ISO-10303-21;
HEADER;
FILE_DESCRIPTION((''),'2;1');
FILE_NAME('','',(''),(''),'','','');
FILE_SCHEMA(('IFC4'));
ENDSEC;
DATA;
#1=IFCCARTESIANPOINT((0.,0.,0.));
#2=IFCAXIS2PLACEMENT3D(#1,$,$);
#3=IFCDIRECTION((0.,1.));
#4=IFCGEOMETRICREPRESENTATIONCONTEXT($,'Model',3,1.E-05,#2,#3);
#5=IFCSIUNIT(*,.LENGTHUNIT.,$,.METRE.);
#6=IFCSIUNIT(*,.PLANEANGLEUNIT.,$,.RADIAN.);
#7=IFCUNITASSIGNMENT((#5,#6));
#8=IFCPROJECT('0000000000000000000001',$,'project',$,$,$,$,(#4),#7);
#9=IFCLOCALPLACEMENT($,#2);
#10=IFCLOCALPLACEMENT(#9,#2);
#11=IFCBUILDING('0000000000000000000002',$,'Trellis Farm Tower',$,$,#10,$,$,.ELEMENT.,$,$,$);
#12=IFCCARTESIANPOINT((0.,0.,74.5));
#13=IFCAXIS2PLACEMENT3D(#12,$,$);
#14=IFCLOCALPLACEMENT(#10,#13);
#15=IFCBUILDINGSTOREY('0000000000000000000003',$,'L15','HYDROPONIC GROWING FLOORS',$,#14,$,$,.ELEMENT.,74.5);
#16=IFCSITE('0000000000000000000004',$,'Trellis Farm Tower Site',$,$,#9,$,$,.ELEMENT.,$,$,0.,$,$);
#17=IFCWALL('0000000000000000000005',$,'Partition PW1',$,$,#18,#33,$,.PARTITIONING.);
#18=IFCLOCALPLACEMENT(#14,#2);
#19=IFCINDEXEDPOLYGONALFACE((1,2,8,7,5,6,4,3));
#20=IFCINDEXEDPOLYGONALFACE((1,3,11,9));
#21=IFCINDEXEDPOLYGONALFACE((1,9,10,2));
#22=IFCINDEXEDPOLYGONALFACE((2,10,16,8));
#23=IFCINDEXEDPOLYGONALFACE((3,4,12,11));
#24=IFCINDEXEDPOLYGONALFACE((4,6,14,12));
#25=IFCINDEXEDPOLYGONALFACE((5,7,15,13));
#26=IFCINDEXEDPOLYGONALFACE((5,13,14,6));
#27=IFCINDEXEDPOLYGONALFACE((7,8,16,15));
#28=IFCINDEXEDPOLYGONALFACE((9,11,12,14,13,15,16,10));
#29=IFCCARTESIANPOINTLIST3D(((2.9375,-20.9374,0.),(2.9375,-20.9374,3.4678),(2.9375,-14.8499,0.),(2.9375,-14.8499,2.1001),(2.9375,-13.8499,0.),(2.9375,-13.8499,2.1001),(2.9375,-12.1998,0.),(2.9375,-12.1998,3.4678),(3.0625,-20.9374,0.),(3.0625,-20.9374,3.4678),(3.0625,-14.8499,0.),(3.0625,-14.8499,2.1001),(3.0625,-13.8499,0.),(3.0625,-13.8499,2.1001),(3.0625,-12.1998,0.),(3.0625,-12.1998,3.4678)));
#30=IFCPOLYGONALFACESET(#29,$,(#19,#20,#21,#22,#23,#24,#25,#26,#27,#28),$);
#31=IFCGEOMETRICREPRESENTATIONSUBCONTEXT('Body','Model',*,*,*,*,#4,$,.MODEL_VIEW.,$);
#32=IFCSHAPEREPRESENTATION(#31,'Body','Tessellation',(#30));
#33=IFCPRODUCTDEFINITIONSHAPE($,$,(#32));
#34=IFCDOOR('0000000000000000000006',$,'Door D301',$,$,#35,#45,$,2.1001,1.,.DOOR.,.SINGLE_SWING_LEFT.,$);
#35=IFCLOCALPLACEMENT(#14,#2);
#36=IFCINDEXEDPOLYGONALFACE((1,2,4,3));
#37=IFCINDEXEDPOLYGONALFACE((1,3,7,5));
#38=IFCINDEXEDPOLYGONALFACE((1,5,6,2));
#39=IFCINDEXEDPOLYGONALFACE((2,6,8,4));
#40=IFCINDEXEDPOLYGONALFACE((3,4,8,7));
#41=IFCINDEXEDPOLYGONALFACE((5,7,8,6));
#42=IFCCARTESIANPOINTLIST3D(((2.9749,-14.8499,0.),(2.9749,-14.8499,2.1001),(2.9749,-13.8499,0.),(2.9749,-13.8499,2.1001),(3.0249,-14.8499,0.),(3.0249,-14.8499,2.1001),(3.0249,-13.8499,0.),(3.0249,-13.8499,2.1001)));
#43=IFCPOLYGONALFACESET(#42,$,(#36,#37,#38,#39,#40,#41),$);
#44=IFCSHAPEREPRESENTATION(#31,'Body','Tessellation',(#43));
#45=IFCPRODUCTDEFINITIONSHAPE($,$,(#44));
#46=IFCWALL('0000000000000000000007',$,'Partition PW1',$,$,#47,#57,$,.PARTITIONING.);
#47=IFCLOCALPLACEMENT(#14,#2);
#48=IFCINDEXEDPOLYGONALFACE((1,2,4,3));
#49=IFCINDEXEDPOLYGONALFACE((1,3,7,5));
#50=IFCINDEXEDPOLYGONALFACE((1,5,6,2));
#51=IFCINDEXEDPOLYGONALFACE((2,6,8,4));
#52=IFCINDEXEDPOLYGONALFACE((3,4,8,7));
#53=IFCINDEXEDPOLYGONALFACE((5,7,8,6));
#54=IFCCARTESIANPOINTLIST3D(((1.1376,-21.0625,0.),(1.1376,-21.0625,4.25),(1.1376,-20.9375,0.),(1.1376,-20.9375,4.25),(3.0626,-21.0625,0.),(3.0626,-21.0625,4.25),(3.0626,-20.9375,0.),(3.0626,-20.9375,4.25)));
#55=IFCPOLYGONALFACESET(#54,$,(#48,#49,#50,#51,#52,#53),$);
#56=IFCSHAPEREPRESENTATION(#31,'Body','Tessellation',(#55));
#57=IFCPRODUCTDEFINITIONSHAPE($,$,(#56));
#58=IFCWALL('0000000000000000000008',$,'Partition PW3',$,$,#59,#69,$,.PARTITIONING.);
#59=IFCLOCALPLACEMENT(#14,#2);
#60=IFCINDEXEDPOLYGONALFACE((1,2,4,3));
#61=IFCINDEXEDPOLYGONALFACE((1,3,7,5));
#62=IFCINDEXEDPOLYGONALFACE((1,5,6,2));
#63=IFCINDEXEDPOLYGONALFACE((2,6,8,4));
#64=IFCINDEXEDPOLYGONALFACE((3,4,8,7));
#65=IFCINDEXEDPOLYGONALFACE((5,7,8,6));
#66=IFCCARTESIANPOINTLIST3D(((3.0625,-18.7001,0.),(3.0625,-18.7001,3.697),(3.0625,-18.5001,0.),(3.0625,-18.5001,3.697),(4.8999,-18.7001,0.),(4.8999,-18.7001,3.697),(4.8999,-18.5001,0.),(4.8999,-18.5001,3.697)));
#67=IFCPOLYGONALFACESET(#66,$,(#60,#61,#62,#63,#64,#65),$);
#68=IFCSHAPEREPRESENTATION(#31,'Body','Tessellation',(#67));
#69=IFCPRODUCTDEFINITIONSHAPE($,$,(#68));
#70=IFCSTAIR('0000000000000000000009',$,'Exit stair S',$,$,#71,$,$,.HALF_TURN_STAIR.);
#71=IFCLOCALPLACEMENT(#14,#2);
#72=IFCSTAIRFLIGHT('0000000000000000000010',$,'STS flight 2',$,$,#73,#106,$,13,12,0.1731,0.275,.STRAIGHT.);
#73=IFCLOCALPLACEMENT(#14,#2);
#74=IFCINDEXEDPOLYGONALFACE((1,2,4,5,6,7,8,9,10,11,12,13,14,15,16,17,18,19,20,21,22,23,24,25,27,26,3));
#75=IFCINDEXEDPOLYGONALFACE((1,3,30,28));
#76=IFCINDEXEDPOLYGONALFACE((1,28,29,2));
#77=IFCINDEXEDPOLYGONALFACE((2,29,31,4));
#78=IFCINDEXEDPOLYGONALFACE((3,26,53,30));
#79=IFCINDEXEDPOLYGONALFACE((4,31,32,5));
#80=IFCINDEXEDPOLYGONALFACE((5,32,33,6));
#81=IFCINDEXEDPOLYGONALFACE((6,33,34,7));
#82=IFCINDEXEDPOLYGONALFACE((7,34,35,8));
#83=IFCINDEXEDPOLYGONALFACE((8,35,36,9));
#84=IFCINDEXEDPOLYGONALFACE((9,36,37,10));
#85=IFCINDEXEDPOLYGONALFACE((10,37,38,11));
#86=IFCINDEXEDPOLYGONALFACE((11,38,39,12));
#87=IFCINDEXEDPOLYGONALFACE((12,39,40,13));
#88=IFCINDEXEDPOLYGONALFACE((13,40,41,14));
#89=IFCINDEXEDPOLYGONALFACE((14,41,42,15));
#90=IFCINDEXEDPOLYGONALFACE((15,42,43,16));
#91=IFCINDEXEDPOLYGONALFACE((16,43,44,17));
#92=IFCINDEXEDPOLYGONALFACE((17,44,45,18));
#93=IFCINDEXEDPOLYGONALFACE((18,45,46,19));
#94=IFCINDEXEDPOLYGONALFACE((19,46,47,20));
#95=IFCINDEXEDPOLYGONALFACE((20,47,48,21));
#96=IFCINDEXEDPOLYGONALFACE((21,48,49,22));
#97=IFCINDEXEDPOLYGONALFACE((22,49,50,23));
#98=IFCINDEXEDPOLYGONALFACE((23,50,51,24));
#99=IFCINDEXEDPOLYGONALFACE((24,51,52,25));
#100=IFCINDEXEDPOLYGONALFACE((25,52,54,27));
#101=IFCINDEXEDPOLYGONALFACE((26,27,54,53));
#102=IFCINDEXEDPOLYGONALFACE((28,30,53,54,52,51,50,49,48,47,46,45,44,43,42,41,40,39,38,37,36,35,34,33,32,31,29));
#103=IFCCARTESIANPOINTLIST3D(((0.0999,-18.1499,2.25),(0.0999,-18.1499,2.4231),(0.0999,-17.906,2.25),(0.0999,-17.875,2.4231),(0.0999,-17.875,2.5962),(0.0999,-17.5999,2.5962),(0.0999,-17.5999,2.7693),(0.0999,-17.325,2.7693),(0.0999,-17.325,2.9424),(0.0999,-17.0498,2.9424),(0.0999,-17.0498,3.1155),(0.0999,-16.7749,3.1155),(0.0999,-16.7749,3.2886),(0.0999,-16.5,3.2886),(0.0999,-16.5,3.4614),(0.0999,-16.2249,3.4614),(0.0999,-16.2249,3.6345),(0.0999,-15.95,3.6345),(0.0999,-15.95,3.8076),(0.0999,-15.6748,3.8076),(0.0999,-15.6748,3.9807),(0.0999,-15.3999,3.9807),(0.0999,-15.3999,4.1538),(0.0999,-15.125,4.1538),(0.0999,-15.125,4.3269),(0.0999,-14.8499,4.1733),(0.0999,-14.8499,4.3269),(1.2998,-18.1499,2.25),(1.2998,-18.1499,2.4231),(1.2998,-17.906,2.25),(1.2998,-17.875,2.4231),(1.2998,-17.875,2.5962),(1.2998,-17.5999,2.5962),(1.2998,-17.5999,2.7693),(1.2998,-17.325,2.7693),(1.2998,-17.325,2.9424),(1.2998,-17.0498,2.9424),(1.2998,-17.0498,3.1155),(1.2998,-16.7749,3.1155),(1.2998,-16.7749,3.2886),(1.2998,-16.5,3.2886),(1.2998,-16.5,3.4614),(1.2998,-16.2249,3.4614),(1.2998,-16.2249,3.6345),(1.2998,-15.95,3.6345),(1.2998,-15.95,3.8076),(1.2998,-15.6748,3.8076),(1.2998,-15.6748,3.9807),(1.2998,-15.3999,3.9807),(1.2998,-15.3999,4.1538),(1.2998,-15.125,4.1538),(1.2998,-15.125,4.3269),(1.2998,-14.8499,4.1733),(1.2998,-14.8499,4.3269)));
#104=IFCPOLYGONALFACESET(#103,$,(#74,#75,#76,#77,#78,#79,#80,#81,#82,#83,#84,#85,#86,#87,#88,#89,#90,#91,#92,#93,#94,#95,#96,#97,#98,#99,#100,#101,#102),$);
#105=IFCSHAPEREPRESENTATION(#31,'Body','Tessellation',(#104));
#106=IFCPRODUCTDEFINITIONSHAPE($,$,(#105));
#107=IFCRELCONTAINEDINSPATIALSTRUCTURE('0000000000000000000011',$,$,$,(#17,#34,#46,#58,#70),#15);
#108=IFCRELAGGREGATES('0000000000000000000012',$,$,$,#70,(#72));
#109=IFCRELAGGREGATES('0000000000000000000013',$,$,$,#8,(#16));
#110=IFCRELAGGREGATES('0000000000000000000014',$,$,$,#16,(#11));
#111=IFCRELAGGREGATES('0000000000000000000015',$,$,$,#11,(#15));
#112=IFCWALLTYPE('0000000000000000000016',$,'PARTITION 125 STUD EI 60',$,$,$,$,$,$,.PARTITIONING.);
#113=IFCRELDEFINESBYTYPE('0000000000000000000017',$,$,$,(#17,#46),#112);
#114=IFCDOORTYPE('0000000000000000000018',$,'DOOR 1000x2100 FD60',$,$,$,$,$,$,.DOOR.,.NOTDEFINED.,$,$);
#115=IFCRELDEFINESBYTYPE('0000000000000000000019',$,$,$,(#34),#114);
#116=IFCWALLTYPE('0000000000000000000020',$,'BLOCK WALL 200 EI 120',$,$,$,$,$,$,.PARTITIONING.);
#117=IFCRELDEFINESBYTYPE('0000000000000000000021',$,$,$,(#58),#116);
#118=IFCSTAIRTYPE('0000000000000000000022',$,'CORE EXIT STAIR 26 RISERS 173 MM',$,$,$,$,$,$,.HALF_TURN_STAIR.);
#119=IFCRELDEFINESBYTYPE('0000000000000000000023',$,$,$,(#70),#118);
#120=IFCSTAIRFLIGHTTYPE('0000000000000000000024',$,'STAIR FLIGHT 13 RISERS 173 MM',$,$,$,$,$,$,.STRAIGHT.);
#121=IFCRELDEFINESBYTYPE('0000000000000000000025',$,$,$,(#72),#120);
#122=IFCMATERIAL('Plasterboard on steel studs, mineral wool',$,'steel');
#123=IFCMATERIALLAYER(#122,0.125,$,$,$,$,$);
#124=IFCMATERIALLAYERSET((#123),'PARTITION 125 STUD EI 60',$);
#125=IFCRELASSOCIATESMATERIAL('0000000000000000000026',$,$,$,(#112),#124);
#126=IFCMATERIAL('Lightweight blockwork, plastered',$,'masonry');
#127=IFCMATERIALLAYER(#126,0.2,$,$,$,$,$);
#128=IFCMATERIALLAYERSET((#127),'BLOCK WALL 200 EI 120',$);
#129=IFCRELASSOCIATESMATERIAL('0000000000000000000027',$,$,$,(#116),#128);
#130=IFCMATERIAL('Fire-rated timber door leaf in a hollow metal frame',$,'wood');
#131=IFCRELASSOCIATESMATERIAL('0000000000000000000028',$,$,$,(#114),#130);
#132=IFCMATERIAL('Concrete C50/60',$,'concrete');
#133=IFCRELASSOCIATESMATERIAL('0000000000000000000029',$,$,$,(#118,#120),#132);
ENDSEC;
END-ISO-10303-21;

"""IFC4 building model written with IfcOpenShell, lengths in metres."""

from ifc_helpers import new_model, si_unit, direction, frame, frame_2d, origin, place, context, subcontext, project, spatial, polyline, rectangle, outline, extrude, source, transform, mapped, material, layer, layer_set, type_object, element, fill, aggregate, save


model = new_model("IFC4")

# Units and contexts
model_context = context("Model", 3, precision=1e-05, world=origin(), true_north=direction((0.0, 1.0)))
body_context = subcontext(model_context, "Body", "Model", "MODEL_VIEW")
ifc_project = project(units=[si_unit("LENGTHUNIT", "METRE"), si_unit("PLANEANGLEUNIT", "RADIAN")], contexts=[model_context])

# Site, building, storey
site_placement = place(None, origin())
site = spatial("IfcSite", under=ifc_project, at=site_placement, Name="Trellis Farm Tower Site", CompositionType="ELEMENT", RefElevation=0.0)
building_placement = place(site_placement, origin())
building = spatial("IfcBuilding", under=site, at=building_placement, Name="Trellis Farm Tower", CompositionType="ELEMENT")
storey_placement = place(building_placement, frame((0.0, 0.0, 74.5)))
storey = spatial("IfcBuildingStorey", under=building, at=storey_placement, Name="L15", Description="HYDROPONIC GROWING FLOORS", CompositionType="ELEMENT", Elevation=74.5)

# Shared definitions
placement = place(storey_placement, origin())

# Shared definitions
ifc_material_1 = material(Name="Plasterboard on steel studs, mineral wool", Category="steel")
ifc_layer_1 = layer(ifc_material_1, 0.125)
ifc_layer_set_1 = layer_set([ifc_layer_1], Name="PARTITION 125 STUD EI 60")
wall_type_1 = type_object("IfcWallType", Name="PARTITION 125 STUD EI 60", PredefinedType="PARTITIONING", material=ifc_layer_set_1)
ifc_material_2 = material(Name="Lightweight blockwork, plastered", Category="masonry")
ifc_layer_2 = layer(ifc_material_2, 0.2)
ifc_layer_set_2 = layer_set([ifc_layer_2], Name="BLOCK WALL 200 EI 120")
wall_type_2 = type_object("IfcWallType", Name="BLOCK WALL 200 EI 120", PredefinedType="PARTITIONING", material=ifc_layer_set_2)

# Shared definitions
shared_shape_1 = source(origin(), body_context, "Body", "SweptSolid", [
    extrude(rectangle(XDim=1.0, YDim=2.1001, at=frame_2d((0.5, 1.05))), frame((0.0, 0.0725, 0.0), z_axis=(0.0, -1.0, 0.0), x_axis=(1.0, 0.0, 0.0)), (0.0, 0.0, 1.0), 0.145),
])
ifc_material_3 = material(Name="Fire-rated timber door leaf in a hollow metal frame", Category="wood")
door_type_1 = type_object("IfcDoorType", Name="DOOR 1000x2100 FD60", OperationType="NOTDEFINED", PredefinedType="DOOR", material=ifc_material_3)
shared_shape_2 = source(origin(), body_context, "Body", "SweptSolid", [
    extrude(rectangle(XDim=1.0, YDim=2.1001, at=frame_2d((0.5, 1.05))), frame((0.0, 0.0249, 0.0), z_axis=(0.0, -1.0, 0.0), x_axis=(1.0, 0.0, 0.0)), (0.0, 0.0, 1.0), 0.05),
])

# Wall, opening, door
shared_shape_3 = source(origin(), body_context, "Body", "SweptSolid", [
    extrude(rectangle(XDim=8.7375, YDim=0.125, at=frame_2d((4.3687, 0.0))), origin(), (0.0, 0.0, 1.0), 3.4678),
])
wall_1_placement = place(storey_placement, frame((3.0, -12.2, 0.0), z_axis=(0.0, 0.0, 1.0), x_axis=(0.0, -1.0, 0.0)))
wall_1 = element("IfcWall", 1, at=wall_1_placement, inside=storey, type_object=wall_type_1, Name="Partition PW1", PredefinedType="PARTITIONING", context=body_context, shape_type="MappedRepresentation", body=[
    mapped(shared_shape_3, transform((0.0, 0.0, 0.0))),
])
opening_1_placement = place(wall_1_placement, frame((1.6499, 0.0, 0.0)))
opening_1 = element("IfcOpeningElement", 2, at=opening_1_placement, cuts=wall_1, PredefinedType="OPENING", context=body_context, shape_type="MappedRepresentation", body=[
    mapped(shared_shape_1, transform((0.0, 0.0, 0.0))),
])
door_1_placement = place(opening_1_placement, origin())
door_1 = element("IfcDoor", 3, at=door_1_placement, inside=storey, type_object=door_type_1, Name="Door D301", OperationType="SINGLE_SWING_LEFT", OverallHeight=2.1001, OverallWidth=1.0, PredefinedType="DOOR", context=body_context, shape_type="MappedRepresentation", body=[
    mapped(shared_shape_2, transform((0.0, 0.0, 0.0))),
])
fill(opening_1, door_1)

# Walls
shared_shape_4 = source(origin(), body_context, "Body", "SweptSolid", [
    extrude(rectangle(XDim=1.925, YDim=0.125, at=frame_2d((0.9624, 0.0))), origin(), (0.0, 0.0, 1.0), 4.25),
])
wall_2_placement = place(storey_placement, frame((3.0625, -21.0, 0.0), z_axis=(0.0, 0.0, 1.0), x_axis=(-1.0, 0.0, 0.0)))
element("IfcWall", 4, at=wall_2_placement, inside=storey, type_object=wall_type_1, Name="Partition PW1", PredefinedType="PARTITIONING", context=body_context, shape_type="MappedRepresentation", body=[
    mapped(shared_shape_4, transform((0.0, 0.0, 0.0))),
])
shared_shape_5 = source(origin(), body_context, "Body", "SweptSolid", [
    extrude(rectangle(XDim=1.8374, YDim=0.2, at=frame_2d((0.9187, 0.0))), origin(), (0.0, 0.0, 1.0), 3.697),
])
wall_3_placement = place(storey_placement, frame((3.0625, -18.6001, 0.0), z_axis=(0.0, 0.0, 1.0), x_axis=(1.0, 0.0, 0.0)))
element("IfcWall", 5, at=wall_3_placement, inside=storey, type_object=wall_type_2, Name="Partition PW3", PredefinedType="PARTITIONING", context=body_context, shape_type="MappedRepresentation", body=[
    mapped(shared_shape_5, transform((0.0, 0.0, 0.0))),
])

# Stair, stair flight
ifc_material_4 = material(Name="Concrete C50/60", Category="concrete")
stair_type = type_object("IfcStairType", Name="CORE EXIT STAIR 26 RISERS 173 MM", PredefinedType="HALF_TURN_STAIR", material=ifc_material_4)
stair = element("IfcStair", 6, at=placement, inside=storey, type_object=stair_type, Name="Exit stair S", PredefinedType="HALF_TURN_STAIR")
stair_flight_type = type_object("IfcStairFlightType", Name="STAIR FLIGHT 13 RISERS 173 MM", PredefinedType="STRAIGHT", material=ifc_material_4)
shared_shape_6 = source(origin(), body_context, "Body", "SweptSolid", [
    extrude(outline(polyline([(0.0, 0.0), (0.0, 0.1731), (0.2749, 0.1731), (0.2749, 0.3462), (0.55, 0.3462), (0.55, 0.5193), (0.825, 0.5193), (0.825, 0.6924), (1.1001, 0.6924), (1.1001, 0.8655), (1.375, 0.8655), (1.375, 1.0386), (1.6499, 1.0386), (1.6499, 1.2114), (1.925, 1.2114), (1.925, 1.3845), (2.2, 1.3845), (2.2, 1.5576), (2.4751, 1.5576), (2.4751, 1.7307), (2.75, 1.7307), (2.75, 1.9038), (3.0249, 1.9038), (3.0249, 2.0769), (3.3, 2.0769), (3.3, 2.25), (3.3, 1.9233), (0.2439, 0.0), (0.0, 0.0)])), frame((0.0, 0.6001, 0.0), z_axis=(0.0, -1.0, 0.0), x_axis=(1.0, 0.0, 0.0)), (0.0, 0.0, 1.0), 1.2),
])
stair_flight_placement = place(storey_placement, frame((0.7, -18.1499, 2.25), z_axis=(0.0, 0.0, 1.0), x_axis=(0.0, 1.0, 0.0)))
stair_flight = element("IfcStairFlight", 7, at=stair_flight_placement, type_object=stair_flight_type, Name="STS flight 2", NumberOfRisers=13, NumberOfTreads=12, PredefinedType="STRAIGHT", RiserHeight=0.1731, TreadLength=0.275, context=body_context, shape_type="MappedRepresentation", body=[
    mapped(shared_shape_6, transform((0.0, 0.0, 0.0))),
])
aggregate(stair, [stair_flight])

save(model, "model.ifc")
